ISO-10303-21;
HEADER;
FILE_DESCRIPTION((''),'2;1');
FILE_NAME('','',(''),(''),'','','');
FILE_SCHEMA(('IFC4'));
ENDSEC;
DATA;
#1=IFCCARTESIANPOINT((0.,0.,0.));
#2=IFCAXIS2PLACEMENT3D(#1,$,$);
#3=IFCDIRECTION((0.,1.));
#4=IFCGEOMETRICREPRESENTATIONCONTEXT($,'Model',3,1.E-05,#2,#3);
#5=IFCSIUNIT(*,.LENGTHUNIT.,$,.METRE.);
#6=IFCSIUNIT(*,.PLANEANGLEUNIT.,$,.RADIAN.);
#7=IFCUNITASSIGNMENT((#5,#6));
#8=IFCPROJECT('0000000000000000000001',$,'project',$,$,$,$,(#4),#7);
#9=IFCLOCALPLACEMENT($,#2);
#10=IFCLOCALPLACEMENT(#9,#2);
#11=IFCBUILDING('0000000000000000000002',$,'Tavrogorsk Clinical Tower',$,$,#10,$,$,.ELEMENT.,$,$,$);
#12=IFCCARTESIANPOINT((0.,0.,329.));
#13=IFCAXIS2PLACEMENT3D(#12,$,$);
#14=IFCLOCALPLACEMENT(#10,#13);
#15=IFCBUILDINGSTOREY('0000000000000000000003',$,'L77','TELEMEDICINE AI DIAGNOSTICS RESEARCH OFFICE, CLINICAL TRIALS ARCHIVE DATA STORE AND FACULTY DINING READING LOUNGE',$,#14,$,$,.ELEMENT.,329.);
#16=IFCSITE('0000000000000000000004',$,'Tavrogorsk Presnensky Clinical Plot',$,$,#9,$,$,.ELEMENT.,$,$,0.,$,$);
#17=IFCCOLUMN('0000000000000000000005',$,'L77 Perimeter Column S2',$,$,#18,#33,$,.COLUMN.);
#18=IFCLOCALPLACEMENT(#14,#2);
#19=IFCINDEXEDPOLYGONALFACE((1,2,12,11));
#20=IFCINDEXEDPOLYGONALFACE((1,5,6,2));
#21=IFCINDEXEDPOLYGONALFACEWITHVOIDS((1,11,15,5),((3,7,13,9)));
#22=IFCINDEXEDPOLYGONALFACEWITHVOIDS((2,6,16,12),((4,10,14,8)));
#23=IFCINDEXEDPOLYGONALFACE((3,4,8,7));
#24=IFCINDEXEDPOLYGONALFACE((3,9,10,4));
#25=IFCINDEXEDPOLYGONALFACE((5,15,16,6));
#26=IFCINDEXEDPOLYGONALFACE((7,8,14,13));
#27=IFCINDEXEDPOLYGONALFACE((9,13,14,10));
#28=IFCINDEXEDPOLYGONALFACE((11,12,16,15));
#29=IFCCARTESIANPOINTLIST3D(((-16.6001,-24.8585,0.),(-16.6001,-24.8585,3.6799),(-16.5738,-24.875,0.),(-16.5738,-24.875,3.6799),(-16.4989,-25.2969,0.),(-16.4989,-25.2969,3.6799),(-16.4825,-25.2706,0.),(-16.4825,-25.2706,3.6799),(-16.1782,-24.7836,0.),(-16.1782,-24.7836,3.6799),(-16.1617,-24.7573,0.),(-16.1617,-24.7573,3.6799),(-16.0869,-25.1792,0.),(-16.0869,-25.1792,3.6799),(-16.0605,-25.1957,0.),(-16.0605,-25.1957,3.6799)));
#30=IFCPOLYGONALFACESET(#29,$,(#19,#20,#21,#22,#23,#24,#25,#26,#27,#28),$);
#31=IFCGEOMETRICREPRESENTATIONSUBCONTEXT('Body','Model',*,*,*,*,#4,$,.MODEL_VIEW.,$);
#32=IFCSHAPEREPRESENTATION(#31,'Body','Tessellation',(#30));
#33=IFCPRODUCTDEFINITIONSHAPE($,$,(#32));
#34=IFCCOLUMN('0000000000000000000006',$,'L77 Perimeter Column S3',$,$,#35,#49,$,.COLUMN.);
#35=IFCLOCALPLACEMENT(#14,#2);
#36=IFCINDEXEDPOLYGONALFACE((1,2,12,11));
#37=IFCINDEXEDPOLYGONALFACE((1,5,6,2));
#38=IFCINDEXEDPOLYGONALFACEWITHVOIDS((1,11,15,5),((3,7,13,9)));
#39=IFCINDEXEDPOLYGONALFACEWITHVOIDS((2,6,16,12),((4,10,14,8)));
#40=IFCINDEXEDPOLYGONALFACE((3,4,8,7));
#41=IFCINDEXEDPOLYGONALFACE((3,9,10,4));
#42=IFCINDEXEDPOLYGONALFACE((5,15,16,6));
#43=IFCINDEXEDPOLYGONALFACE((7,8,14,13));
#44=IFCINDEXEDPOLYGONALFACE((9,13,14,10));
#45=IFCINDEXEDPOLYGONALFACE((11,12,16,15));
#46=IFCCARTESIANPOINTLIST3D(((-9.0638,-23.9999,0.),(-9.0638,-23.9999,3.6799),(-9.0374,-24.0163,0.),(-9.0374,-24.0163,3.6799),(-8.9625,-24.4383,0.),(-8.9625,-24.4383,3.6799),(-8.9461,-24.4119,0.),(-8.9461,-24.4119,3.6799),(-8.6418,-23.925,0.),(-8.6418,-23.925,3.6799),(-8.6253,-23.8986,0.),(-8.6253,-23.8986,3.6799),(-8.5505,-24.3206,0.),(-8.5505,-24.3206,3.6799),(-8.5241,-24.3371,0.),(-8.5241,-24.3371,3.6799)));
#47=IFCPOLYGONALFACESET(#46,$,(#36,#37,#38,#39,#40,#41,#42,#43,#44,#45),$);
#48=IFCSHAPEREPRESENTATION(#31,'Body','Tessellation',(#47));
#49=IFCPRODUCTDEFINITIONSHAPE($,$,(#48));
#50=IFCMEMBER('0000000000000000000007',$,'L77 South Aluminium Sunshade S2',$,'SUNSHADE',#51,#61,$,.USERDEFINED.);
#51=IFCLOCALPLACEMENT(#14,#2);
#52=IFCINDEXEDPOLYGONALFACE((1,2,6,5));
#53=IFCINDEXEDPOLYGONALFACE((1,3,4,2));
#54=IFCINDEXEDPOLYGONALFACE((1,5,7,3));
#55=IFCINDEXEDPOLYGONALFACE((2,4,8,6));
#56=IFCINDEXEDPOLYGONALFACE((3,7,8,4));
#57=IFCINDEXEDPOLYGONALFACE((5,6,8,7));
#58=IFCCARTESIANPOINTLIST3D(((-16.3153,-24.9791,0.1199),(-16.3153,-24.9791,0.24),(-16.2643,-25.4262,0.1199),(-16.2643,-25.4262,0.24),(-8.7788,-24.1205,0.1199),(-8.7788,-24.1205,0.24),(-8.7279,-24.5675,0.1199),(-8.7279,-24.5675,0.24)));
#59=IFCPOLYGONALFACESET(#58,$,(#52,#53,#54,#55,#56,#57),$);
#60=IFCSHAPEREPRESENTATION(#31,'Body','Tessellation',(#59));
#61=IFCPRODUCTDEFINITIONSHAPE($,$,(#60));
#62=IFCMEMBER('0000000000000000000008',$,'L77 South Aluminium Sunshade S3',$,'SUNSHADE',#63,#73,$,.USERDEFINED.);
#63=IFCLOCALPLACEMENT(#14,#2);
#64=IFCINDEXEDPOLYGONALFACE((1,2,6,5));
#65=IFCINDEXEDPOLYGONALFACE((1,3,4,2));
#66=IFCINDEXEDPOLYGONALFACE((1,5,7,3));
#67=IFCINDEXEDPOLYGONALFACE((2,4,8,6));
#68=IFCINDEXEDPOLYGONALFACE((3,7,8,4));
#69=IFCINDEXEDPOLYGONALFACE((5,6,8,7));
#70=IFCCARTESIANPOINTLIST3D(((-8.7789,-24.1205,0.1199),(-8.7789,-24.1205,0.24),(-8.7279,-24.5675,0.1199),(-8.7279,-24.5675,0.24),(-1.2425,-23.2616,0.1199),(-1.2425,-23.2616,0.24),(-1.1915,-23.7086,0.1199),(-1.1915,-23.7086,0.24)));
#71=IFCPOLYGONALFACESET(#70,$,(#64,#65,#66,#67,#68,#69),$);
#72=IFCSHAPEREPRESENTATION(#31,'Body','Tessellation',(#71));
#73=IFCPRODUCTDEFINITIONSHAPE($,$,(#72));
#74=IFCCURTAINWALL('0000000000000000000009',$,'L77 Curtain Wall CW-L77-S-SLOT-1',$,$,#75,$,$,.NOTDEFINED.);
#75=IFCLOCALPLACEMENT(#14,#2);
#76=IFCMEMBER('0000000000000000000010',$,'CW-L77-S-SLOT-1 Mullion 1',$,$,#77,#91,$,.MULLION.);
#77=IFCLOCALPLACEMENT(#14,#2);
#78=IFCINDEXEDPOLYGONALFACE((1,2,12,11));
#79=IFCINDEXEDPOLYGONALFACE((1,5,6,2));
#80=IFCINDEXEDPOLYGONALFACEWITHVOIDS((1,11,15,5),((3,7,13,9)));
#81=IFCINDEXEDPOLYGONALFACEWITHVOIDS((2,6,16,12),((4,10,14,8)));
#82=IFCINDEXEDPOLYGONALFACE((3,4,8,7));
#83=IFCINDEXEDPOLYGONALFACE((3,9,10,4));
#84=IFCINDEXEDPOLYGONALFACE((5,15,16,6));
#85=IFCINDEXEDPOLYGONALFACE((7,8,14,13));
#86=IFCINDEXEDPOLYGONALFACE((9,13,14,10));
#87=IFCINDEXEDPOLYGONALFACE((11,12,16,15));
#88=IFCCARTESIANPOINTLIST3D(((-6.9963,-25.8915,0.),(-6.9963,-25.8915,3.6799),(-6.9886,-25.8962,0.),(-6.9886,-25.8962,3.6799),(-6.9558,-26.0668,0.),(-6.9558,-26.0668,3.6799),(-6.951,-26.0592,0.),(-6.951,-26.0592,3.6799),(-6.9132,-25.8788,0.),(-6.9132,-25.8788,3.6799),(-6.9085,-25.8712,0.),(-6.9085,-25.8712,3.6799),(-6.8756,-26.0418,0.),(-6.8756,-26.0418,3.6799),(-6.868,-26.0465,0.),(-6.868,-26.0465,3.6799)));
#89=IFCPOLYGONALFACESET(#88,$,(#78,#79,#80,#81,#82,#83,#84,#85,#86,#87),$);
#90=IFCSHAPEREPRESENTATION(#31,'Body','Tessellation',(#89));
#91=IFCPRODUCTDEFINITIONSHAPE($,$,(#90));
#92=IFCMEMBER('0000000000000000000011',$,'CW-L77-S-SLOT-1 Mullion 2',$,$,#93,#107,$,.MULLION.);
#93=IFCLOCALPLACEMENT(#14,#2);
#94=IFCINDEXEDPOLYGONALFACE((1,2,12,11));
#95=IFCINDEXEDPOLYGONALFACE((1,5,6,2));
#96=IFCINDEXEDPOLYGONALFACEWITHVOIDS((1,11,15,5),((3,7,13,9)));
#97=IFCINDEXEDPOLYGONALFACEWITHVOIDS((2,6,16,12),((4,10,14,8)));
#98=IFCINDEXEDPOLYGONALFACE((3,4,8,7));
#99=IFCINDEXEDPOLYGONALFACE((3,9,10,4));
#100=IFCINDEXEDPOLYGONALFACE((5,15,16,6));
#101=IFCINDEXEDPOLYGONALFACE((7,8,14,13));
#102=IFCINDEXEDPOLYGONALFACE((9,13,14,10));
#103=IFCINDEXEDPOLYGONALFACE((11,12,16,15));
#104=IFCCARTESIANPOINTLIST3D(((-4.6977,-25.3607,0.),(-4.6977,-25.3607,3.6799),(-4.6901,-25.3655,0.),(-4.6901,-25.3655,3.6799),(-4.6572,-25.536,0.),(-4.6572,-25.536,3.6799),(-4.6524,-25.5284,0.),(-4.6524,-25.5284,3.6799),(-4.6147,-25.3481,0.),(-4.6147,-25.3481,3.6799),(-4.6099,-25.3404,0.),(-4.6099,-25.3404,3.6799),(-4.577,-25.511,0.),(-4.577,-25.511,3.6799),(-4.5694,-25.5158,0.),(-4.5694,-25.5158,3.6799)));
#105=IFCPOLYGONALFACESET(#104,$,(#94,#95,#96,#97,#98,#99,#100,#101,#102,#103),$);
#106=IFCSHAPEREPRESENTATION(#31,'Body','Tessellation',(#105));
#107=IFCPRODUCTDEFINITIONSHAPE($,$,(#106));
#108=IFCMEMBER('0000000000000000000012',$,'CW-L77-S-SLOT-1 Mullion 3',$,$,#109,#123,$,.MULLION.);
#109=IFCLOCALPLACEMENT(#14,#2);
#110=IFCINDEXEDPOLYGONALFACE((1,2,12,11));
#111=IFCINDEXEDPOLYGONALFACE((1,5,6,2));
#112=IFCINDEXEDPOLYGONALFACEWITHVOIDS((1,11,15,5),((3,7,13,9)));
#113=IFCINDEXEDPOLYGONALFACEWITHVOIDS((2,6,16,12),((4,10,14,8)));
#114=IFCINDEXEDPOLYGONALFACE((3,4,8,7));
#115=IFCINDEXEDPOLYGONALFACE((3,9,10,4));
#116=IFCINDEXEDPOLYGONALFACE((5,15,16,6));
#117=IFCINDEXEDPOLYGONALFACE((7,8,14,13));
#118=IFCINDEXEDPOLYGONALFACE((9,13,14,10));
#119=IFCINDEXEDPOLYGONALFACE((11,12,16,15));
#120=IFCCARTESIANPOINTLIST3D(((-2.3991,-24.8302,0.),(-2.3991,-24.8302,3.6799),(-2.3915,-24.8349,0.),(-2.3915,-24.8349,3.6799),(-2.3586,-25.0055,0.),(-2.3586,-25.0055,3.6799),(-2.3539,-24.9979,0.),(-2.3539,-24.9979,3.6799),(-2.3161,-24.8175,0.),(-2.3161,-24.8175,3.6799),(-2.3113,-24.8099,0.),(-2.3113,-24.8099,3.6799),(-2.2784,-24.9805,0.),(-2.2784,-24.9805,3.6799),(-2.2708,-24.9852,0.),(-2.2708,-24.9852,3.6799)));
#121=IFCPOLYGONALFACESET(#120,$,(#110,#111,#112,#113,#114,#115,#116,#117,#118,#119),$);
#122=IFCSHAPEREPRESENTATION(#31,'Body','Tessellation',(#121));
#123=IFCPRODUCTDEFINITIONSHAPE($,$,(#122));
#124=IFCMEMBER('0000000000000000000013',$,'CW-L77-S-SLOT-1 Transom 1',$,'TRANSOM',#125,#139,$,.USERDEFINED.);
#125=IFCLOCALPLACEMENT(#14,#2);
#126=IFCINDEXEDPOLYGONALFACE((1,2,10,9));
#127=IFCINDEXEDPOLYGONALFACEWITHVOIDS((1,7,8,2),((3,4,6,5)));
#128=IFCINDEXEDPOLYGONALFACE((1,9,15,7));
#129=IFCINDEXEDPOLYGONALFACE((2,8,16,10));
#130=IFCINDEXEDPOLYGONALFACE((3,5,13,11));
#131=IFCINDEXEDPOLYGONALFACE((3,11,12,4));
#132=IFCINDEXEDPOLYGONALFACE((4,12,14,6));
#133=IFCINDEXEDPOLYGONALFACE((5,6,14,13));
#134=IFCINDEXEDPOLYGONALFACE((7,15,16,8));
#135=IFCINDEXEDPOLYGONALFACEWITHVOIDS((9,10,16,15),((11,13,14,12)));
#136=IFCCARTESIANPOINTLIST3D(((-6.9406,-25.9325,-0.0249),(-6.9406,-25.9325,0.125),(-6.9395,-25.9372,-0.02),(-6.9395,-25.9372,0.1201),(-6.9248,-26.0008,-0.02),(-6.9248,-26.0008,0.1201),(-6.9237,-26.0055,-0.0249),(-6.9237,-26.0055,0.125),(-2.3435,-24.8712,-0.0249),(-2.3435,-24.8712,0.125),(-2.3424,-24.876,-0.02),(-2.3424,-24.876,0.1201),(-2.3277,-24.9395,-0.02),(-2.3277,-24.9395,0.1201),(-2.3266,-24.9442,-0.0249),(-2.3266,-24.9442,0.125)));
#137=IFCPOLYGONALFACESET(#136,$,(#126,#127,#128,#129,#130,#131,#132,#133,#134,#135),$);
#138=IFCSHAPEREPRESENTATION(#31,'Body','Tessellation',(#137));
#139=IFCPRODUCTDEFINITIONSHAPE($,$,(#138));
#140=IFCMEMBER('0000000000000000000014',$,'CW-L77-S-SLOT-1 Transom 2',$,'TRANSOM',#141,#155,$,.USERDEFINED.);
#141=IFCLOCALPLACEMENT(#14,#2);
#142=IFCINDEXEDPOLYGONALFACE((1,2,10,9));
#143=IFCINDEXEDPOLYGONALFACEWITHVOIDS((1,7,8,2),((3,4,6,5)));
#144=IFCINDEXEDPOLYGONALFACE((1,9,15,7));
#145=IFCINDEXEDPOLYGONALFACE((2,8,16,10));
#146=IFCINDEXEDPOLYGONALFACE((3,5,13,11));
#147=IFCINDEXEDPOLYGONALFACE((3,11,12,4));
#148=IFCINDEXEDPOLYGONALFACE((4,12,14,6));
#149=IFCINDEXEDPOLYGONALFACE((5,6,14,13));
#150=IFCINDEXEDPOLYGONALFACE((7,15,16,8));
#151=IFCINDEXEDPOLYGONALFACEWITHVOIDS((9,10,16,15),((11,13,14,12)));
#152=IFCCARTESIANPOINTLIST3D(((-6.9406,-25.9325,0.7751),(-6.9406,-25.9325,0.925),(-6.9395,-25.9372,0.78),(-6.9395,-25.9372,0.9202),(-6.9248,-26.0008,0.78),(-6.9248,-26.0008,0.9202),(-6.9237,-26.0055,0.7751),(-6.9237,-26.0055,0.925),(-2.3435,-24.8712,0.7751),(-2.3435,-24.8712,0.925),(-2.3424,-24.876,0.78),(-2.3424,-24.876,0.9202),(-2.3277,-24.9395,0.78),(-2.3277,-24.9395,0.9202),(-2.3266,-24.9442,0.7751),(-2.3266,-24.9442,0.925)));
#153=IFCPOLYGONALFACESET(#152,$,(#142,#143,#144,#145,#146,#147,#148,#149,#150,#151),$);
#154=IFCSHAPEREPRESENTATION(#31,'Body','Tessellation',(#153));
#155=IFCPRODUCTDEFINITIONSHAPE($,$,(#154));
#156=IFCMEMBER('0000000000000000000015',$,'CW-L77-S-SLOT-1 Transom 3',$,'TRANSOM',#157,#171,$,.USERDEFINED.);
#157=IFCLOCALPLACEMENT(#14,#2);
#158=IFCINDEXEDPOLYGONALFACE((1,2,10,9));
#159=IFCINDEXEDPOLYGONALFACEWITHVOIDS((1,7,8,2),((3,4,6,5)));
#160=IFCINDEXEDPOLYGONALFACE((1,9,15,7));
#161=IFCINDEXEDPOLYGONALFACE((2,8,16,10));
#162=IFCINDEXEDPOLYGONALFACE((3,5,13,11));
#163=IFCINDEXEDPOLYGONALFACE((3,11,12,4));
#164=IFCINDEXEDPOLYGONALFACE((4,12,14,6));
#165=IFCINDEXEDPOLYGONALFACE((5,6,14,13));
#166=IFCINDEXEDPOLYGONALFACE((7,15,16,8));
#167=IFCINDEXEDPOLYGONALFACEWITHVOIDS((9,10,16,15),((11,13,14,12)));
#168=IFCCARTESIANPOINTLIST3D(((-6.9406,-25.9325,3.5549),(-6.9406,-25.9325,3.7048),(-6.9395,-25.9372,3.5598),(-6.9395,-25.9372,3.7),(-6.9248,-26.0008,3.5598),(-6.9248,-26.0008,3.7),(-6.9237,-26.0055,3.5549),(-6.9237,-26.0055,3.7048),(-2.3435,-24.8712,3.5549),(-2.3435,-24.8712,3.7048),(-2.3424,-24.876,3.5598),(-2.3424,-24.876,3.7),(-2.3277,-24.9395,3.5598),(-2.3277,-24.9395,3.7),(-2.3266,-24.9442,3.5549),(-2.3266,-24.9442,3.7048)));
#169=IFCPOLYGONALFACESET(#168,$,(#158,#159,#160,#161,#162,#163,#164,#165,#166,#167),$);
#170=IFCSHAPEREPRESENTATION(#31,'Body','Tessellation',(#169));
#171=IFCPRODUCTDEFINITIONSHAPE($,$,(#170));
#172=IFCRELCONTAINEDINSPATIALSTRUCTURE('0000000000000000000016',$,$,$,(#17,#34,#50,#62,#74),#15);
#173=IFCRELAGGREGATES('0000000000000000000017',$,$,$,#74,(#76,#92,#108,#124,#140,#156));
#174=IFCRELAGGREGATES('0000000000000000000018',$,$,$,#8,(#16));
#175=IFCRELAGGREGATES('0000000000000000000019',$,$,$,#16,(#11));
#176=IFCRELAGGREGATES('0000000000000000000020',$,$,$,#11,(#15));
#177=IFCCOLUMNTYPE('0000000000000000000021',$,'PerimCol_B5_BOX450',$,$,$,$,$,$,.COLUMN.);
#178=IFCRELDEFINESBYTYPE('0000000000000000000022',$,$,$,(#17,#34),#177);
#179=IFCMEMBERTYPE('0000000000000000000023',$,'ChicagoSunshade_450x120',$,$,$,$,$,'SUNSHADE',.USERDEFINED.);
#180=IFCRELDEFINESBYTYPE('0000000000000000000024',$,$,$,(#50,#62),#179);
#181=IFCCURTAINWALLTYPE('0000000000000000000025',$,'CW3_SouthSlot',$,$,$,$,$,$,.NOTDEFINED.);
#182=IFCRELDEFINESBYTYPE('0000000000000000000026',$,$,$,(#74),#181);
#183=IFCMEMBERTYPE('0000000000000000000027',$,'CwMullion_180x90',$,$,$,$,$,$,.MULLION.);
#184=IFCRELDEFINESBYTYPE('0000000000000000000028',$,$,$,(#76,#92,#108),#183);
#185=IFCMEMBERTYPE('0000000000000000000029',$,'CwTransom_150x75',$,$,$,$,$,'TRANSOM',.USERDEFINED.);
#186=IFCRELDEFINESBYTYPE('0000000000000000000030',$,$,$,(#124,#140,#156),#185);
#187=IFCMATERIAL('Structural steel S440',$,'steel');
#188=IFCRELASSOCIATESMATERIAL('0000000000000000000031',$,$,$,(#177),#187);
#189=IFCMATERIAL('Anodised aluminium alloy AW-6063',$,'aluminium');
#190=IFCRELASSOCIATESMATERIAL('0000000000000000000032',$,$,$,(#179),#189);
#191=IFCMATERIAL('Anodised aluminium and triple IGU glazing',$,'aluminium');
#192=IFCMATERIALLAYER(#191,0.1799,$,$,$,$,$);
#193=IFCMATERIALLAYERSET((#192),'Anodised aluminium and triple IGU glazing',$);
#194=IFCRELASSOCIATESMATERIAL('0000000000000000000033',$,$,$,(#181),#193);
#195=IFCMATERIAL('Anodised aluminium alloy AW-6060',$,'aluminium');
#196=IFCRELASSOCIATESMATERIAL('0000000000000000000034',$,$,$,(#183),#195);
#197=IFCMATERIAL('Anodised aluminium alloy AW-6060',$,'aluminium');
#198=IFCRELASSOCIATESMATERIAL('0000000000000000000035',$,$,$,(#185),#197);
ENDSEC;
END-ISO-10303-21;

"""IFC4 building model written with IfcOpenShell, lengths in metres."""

from ifc_helpers import new_model, si_unit, direction, frame, origin, origin_2d, place, context, subcontext, project, spatial, rectangle, hollow_rectangle, extrude, material, layer, layer_set, material_profile, profile_set, type_object, element, aggregate, save


model = new_model("IFC4")

# Units and contexts
model_context = context("Model", 3, precision=1e-05, world=origin(), true_north=direction((0.0, 1.0)))
body_context = subcontext(model_context, "Body", "Model", "MODEL_VIEW")
ifc_project = project(units=[si_unit("LENGTHUNIT", "METRE"), si_unit("PLANEANGLEUNIT", "RADIAN")], contexts=[model_context])

# Site, building, storey
site_placement = place(None, origin())
site = spatial("IfcSite", under=ifc_project, at=site_placement, Name="Tavrogorsk Presnensky Clinical Plot", CompositionType="ELEMENT", RefElevation=0.0)
building_placement = place(site_placement, origin())
building = spatial("IfcBuilding", under=site, at=building_placement, Name="Tavrogorsk Clinical Tower", CompositionType="ELEMENT")
storey_placement = place(building_placement, frame((0.0, 0.0, 329.0)))
storey = spatial("IfcBuildingStorey", under=building, at=storey_placement, Name="L77", Description="TELEMEDICINE AI DIAGNOSTICS RESEARCH OFFICE, CLINICAL TRIALS ARCHIVE DATA STORE AND FACULTY DINING READING LOUNGE", CompositionType="ELEMENT", Elevation=329.0)

# Columns
ifc_material_1 = material(Name="Structural steel S440", Category="steel")
ifc_material_profile_1 = material_profile(ifc_material_1, hollow_rectangle(XDim=0.45, YDim=0.45, WallThickness=0.022, at=origin_2d()), Name="BOX-450x450x22")
ifc_profile_set_1 = profile_set([ifc_material_profile_1], Name="Structural steel S440")
column_type = type_object("IfcColumnType", Name="PerimCol_B5_BOX450", PredefinedType="COLUMN", material=ifc_profile_set_1)
for number, where, z_axis, x_axis, name in (
    (1, (-16.3303, -25.0271, 0.0), (0.0, 0.0, 1.0), (0.97437, 0.224951, 0.0), "L77 Perimeter Column S2"),
    (2, (-8.7939, -24.1685, 0.0), (0.0, 0.0, 1.0), (0.97437, 0.224951, 0.0), "L77 Perimeter Column S3"),
):
    element("IfcColumn", number, at=place(storey_placement, frame(where, z_axis=z_axis, x_axis=x_axis)), inside=storey, type_object=column_type, Name=name, PredefinedType="COLUMN", context=body_context, shape_type="SweptSolid", body=[
        extrude(hollow_rectangle(XDim=0.45, YDim=0.45, WallThickness=0.022, at=origin_2d()), origin(), (0.0, 0.0, 1.0), 3.6799),
    ])

# Members
ifc_material_2 = material(Name="Anodised aluminium alloy AW-6063", Category="aluminium")
ifc_material_profile_2 = material_profile(ifc_material_2, rectangle(XDim=0.45, YDim=0.1201, at=origin_2d()), Name="ALU-SUNSHADE-450x120")
ifc_profile_set_2 = profile_set([ifc_material_profile_2], Name="Anodised aluminium alloy AW-6063")
member_type_1 = type_object("IfcMemberType", Name="ChicagoSunshade_450x120", ElementType="SUNSHADE", PredefinedType="USERDEFINED", material=ifc_profile_set_2)
for number, where, z_axis, x_axis, name in (
    (3, (-16.2898, -25.2026, 0.1799), (0.993572, 0.113201, 0.0), (-0.113201, 0.993572, 0.0), "L77 South Aluminium Sunshade S2"),
    (4, (-8.7534, -24.344, 0.1799), (0.993569, 0.113233, 0.0), (-0.113233, 0.993569, 0.0), "L77 South Aluminium Sunshade S3"),
):
    element("IfcMember", number, at=place(storey_placement, frame(where, z_axis=z_axis, x_axis=x_axis)), inside=storey, type_object=member_type_1, Name=name, ObjectType="SUNSHADE", PredefinedType="USERDEFINED", context=body_context, shape_type="SweptSolid", body=[
        extrude(rectangle(XDim=0.45, YDim=0.1201, at=origin_2d()), origin(), (0.0, 0.0, 1.0), 7.5852),
    ])

# Curtain wall, members
ifc_material_3 = material(Name="Anodised aluminium and triple IGU glazing", Category="aluminium")
ifc_layer_1 = layer(ifc_material_3, 0.1799)
ifc_layer_set_1 = layer_set([ifc_layer_1], Name="Anodised aluminium and triple IGU glazing")
curtain_wall_type = type_object("IfcCurtainWallType", Name="CW3_SouthSlot", PredefinedType="NOTDEFINED", material=ifc_layer_set_1)
curtain_wall_placement = place(storey_placement, origin())
curtain_wall = element("IfcCurtainWall", 5, at=curtain_wall_placement, inside=storey, type_object=curtain_wall_type, Name="L77 Curtain Wall CW-L77-S-SLOT-1", PredefinedType="NOTDEFINED")
ifc_material_4 = material(Name="Anodised aluminium alloy AW-6060", Category="aluminium")
ifc_material_profile_3 = material_profile(ifc_material_4, hollow_rectangle(XDim=0.0901, YDim=0.1799, WallThickness=0.0063, at=origin_2d()), Name="RHS-180x90x6.3")
ifc_profile_set_3 = profile_set([ifc_material_profile_3], Name="Anodised aluminium alloy AW-6060")
member_type_2 = type_object("IfcMemberType", Name="CwMullion_180x90", PredefinedType="MULLION", material=ifc_profile_set_3)
member_1_placement = place(storey_placement, frame((-6.9321, -25.969, 0.0), z_axis=(0.0, 0.0, 1.0), x_axis=(0.97437, 0.224951, 0.0)))
member_1 = element("IfcMember", 6, at=member_1_placement, type_object=member_type_2, Name="CW-L77-S-SLOT-1 Mullion 1", PredefinedType="MULLION", context=body_context, shape_type="SweptSolid", body=[
    extrude(hollow_rectangle(XDim=0.0901, YDim=0.1799, WallThickness=0.0063, at=origin_2d()), origin(), (0.0, 0.0, 1.0), 3.6799),
])
member_2_placement = place(storey_placement, frame((-4.6335, -25.4382, 0.0), z_axis=(0.0, 0.0, 1.0), x_axis=(0.97437, 0.224951, 0.0)))
member_2 = element("IfcMember", 7, at=member_2_placement, type_object=member_type_2, Name="CW-L77-S-SLOT-1 Mullion 2", PredefinedType="MULLION", context=body_context, shape_type="SweptSolid", body=[
    extrude(hollow_rectangle(XDim=0.0901, YDim=0.1799, WallThickness=0.0063, at=origin_2d()), origin(), (0.0, 0.0, 1.0), 3.6799),
])
member_3_placement = place(storey_placement, frame((-2.335, -24.9077, 0.0), z_axis=(0.0, 0.0, 1.0), x_axis=(0.97437, 0.224951, 0.0)))
member_3 = element("IfcMember", 8, at=member_3_placement, type_object=member_type_2, Name="CW-L77-S-SLOT-1 Mullion 3", PredefinedType="MULLION", context=body_context, shape_type="SweptSolid", body=[
    extrude(hollow_rectangle(XDim=0.0901, YDim=0.1799, WallThickness=0.0063, at=origin_2d()), origin(), (0.0, 0.0, 1.0), 3.6799),
])
ifc_material_5 = material(Name="Anodised aluminium alloy AW-6060", Category="aluminium")
ifc_material_profile_4 = material_profile(ifc_material_5, hollow_rectangle(XDim=0.075, YDim=0.1499, WallThickness=0.0049, at=origin_2d()), Name="RHS-150x75x5")
ifc_profile_set_4 = profile_set([ifc_material_profile_4], Name="Anodised aluminium alloy AW-6060")
member_type_3 = type_object("IfcMemberType", Name="CwTransom_150x75", ElementType="TRANSOM", PredefinedType="USERDEFINED", material=ifc_profile_set_4)
member_4_placement = place(storey_placement, frame((-6.9321, -25.969, 0.05), z_axis=(0.974373, 0.224939, 0.0), x_axis=(-0.224939, 0.974373, 0.0)))
member_4 = element("IfcMember", 9, at=member_4_placement, type_object=member_type_3, Name="CW-L77-S-SLOT-1 Transom 1", ObjectType="TRANSOM", PredefinedType="USERDEFINED", context=body_context, shape_type="SweptSolid", body=[
    extrude(hollow_rectangle(XDim=0.075, YDim=0.1499, WallThickness=0.0049, at=origin_2d()), origin(), (0.0, 0.0, 1.0), 4.718),
])
member_5_placement = place(storey_placement, frame((-6.9321, -25.969, 0.8501), z_axis=(0.974373, 0.224939, 0.0), x_axis=(-0.224939, 0.974373, 0.0)))
member_5 = element("IfcMember", 10, at=member_5_placement, type_object=member_type_3, Name="CW-L77-S-SLOT-1 Transom 2", ObjectType="TRANSOM", PredefinedType="USERDEFINED", context=body_context, shape_type="SweptSolid", body=[
    extrude(hollow_rectangle(XDim=0.075, YDim=0.1499, WallThickness=0.0049, at=origin_2d()), origin(), (0.0, 0.0, 1.0), 4.718),
])
member_6_placement = place(storey_placement, frame((-6.9321, -25.969, 3.6299), z_axis=(0.974373, 0.224939, 0.0), x_axis=(-0.224939, 0.974373, 0.0)))
member_6 = element("IfcMember", 11, at=member_6_placement, type_object=member_type_3, Name="CW-L77-S-SLOT-1 Transom 3", ObjectType="TRANSOM", PredefinedType="USERDEFINED", context=body_context, shape_type="SweptSolid", body=[
    extrude(hollow_rectangle(XDim=0.075, YDim=0.1499, WallThickness=0.0049, at=origin_2d()), origin(), (0.0, 0.0, 1.0), 4.718),
])

aggregate(curtain_wall, [member_1, member_2, member_3, member_4, member_5, member_6])

save(model, "model.ifc")
